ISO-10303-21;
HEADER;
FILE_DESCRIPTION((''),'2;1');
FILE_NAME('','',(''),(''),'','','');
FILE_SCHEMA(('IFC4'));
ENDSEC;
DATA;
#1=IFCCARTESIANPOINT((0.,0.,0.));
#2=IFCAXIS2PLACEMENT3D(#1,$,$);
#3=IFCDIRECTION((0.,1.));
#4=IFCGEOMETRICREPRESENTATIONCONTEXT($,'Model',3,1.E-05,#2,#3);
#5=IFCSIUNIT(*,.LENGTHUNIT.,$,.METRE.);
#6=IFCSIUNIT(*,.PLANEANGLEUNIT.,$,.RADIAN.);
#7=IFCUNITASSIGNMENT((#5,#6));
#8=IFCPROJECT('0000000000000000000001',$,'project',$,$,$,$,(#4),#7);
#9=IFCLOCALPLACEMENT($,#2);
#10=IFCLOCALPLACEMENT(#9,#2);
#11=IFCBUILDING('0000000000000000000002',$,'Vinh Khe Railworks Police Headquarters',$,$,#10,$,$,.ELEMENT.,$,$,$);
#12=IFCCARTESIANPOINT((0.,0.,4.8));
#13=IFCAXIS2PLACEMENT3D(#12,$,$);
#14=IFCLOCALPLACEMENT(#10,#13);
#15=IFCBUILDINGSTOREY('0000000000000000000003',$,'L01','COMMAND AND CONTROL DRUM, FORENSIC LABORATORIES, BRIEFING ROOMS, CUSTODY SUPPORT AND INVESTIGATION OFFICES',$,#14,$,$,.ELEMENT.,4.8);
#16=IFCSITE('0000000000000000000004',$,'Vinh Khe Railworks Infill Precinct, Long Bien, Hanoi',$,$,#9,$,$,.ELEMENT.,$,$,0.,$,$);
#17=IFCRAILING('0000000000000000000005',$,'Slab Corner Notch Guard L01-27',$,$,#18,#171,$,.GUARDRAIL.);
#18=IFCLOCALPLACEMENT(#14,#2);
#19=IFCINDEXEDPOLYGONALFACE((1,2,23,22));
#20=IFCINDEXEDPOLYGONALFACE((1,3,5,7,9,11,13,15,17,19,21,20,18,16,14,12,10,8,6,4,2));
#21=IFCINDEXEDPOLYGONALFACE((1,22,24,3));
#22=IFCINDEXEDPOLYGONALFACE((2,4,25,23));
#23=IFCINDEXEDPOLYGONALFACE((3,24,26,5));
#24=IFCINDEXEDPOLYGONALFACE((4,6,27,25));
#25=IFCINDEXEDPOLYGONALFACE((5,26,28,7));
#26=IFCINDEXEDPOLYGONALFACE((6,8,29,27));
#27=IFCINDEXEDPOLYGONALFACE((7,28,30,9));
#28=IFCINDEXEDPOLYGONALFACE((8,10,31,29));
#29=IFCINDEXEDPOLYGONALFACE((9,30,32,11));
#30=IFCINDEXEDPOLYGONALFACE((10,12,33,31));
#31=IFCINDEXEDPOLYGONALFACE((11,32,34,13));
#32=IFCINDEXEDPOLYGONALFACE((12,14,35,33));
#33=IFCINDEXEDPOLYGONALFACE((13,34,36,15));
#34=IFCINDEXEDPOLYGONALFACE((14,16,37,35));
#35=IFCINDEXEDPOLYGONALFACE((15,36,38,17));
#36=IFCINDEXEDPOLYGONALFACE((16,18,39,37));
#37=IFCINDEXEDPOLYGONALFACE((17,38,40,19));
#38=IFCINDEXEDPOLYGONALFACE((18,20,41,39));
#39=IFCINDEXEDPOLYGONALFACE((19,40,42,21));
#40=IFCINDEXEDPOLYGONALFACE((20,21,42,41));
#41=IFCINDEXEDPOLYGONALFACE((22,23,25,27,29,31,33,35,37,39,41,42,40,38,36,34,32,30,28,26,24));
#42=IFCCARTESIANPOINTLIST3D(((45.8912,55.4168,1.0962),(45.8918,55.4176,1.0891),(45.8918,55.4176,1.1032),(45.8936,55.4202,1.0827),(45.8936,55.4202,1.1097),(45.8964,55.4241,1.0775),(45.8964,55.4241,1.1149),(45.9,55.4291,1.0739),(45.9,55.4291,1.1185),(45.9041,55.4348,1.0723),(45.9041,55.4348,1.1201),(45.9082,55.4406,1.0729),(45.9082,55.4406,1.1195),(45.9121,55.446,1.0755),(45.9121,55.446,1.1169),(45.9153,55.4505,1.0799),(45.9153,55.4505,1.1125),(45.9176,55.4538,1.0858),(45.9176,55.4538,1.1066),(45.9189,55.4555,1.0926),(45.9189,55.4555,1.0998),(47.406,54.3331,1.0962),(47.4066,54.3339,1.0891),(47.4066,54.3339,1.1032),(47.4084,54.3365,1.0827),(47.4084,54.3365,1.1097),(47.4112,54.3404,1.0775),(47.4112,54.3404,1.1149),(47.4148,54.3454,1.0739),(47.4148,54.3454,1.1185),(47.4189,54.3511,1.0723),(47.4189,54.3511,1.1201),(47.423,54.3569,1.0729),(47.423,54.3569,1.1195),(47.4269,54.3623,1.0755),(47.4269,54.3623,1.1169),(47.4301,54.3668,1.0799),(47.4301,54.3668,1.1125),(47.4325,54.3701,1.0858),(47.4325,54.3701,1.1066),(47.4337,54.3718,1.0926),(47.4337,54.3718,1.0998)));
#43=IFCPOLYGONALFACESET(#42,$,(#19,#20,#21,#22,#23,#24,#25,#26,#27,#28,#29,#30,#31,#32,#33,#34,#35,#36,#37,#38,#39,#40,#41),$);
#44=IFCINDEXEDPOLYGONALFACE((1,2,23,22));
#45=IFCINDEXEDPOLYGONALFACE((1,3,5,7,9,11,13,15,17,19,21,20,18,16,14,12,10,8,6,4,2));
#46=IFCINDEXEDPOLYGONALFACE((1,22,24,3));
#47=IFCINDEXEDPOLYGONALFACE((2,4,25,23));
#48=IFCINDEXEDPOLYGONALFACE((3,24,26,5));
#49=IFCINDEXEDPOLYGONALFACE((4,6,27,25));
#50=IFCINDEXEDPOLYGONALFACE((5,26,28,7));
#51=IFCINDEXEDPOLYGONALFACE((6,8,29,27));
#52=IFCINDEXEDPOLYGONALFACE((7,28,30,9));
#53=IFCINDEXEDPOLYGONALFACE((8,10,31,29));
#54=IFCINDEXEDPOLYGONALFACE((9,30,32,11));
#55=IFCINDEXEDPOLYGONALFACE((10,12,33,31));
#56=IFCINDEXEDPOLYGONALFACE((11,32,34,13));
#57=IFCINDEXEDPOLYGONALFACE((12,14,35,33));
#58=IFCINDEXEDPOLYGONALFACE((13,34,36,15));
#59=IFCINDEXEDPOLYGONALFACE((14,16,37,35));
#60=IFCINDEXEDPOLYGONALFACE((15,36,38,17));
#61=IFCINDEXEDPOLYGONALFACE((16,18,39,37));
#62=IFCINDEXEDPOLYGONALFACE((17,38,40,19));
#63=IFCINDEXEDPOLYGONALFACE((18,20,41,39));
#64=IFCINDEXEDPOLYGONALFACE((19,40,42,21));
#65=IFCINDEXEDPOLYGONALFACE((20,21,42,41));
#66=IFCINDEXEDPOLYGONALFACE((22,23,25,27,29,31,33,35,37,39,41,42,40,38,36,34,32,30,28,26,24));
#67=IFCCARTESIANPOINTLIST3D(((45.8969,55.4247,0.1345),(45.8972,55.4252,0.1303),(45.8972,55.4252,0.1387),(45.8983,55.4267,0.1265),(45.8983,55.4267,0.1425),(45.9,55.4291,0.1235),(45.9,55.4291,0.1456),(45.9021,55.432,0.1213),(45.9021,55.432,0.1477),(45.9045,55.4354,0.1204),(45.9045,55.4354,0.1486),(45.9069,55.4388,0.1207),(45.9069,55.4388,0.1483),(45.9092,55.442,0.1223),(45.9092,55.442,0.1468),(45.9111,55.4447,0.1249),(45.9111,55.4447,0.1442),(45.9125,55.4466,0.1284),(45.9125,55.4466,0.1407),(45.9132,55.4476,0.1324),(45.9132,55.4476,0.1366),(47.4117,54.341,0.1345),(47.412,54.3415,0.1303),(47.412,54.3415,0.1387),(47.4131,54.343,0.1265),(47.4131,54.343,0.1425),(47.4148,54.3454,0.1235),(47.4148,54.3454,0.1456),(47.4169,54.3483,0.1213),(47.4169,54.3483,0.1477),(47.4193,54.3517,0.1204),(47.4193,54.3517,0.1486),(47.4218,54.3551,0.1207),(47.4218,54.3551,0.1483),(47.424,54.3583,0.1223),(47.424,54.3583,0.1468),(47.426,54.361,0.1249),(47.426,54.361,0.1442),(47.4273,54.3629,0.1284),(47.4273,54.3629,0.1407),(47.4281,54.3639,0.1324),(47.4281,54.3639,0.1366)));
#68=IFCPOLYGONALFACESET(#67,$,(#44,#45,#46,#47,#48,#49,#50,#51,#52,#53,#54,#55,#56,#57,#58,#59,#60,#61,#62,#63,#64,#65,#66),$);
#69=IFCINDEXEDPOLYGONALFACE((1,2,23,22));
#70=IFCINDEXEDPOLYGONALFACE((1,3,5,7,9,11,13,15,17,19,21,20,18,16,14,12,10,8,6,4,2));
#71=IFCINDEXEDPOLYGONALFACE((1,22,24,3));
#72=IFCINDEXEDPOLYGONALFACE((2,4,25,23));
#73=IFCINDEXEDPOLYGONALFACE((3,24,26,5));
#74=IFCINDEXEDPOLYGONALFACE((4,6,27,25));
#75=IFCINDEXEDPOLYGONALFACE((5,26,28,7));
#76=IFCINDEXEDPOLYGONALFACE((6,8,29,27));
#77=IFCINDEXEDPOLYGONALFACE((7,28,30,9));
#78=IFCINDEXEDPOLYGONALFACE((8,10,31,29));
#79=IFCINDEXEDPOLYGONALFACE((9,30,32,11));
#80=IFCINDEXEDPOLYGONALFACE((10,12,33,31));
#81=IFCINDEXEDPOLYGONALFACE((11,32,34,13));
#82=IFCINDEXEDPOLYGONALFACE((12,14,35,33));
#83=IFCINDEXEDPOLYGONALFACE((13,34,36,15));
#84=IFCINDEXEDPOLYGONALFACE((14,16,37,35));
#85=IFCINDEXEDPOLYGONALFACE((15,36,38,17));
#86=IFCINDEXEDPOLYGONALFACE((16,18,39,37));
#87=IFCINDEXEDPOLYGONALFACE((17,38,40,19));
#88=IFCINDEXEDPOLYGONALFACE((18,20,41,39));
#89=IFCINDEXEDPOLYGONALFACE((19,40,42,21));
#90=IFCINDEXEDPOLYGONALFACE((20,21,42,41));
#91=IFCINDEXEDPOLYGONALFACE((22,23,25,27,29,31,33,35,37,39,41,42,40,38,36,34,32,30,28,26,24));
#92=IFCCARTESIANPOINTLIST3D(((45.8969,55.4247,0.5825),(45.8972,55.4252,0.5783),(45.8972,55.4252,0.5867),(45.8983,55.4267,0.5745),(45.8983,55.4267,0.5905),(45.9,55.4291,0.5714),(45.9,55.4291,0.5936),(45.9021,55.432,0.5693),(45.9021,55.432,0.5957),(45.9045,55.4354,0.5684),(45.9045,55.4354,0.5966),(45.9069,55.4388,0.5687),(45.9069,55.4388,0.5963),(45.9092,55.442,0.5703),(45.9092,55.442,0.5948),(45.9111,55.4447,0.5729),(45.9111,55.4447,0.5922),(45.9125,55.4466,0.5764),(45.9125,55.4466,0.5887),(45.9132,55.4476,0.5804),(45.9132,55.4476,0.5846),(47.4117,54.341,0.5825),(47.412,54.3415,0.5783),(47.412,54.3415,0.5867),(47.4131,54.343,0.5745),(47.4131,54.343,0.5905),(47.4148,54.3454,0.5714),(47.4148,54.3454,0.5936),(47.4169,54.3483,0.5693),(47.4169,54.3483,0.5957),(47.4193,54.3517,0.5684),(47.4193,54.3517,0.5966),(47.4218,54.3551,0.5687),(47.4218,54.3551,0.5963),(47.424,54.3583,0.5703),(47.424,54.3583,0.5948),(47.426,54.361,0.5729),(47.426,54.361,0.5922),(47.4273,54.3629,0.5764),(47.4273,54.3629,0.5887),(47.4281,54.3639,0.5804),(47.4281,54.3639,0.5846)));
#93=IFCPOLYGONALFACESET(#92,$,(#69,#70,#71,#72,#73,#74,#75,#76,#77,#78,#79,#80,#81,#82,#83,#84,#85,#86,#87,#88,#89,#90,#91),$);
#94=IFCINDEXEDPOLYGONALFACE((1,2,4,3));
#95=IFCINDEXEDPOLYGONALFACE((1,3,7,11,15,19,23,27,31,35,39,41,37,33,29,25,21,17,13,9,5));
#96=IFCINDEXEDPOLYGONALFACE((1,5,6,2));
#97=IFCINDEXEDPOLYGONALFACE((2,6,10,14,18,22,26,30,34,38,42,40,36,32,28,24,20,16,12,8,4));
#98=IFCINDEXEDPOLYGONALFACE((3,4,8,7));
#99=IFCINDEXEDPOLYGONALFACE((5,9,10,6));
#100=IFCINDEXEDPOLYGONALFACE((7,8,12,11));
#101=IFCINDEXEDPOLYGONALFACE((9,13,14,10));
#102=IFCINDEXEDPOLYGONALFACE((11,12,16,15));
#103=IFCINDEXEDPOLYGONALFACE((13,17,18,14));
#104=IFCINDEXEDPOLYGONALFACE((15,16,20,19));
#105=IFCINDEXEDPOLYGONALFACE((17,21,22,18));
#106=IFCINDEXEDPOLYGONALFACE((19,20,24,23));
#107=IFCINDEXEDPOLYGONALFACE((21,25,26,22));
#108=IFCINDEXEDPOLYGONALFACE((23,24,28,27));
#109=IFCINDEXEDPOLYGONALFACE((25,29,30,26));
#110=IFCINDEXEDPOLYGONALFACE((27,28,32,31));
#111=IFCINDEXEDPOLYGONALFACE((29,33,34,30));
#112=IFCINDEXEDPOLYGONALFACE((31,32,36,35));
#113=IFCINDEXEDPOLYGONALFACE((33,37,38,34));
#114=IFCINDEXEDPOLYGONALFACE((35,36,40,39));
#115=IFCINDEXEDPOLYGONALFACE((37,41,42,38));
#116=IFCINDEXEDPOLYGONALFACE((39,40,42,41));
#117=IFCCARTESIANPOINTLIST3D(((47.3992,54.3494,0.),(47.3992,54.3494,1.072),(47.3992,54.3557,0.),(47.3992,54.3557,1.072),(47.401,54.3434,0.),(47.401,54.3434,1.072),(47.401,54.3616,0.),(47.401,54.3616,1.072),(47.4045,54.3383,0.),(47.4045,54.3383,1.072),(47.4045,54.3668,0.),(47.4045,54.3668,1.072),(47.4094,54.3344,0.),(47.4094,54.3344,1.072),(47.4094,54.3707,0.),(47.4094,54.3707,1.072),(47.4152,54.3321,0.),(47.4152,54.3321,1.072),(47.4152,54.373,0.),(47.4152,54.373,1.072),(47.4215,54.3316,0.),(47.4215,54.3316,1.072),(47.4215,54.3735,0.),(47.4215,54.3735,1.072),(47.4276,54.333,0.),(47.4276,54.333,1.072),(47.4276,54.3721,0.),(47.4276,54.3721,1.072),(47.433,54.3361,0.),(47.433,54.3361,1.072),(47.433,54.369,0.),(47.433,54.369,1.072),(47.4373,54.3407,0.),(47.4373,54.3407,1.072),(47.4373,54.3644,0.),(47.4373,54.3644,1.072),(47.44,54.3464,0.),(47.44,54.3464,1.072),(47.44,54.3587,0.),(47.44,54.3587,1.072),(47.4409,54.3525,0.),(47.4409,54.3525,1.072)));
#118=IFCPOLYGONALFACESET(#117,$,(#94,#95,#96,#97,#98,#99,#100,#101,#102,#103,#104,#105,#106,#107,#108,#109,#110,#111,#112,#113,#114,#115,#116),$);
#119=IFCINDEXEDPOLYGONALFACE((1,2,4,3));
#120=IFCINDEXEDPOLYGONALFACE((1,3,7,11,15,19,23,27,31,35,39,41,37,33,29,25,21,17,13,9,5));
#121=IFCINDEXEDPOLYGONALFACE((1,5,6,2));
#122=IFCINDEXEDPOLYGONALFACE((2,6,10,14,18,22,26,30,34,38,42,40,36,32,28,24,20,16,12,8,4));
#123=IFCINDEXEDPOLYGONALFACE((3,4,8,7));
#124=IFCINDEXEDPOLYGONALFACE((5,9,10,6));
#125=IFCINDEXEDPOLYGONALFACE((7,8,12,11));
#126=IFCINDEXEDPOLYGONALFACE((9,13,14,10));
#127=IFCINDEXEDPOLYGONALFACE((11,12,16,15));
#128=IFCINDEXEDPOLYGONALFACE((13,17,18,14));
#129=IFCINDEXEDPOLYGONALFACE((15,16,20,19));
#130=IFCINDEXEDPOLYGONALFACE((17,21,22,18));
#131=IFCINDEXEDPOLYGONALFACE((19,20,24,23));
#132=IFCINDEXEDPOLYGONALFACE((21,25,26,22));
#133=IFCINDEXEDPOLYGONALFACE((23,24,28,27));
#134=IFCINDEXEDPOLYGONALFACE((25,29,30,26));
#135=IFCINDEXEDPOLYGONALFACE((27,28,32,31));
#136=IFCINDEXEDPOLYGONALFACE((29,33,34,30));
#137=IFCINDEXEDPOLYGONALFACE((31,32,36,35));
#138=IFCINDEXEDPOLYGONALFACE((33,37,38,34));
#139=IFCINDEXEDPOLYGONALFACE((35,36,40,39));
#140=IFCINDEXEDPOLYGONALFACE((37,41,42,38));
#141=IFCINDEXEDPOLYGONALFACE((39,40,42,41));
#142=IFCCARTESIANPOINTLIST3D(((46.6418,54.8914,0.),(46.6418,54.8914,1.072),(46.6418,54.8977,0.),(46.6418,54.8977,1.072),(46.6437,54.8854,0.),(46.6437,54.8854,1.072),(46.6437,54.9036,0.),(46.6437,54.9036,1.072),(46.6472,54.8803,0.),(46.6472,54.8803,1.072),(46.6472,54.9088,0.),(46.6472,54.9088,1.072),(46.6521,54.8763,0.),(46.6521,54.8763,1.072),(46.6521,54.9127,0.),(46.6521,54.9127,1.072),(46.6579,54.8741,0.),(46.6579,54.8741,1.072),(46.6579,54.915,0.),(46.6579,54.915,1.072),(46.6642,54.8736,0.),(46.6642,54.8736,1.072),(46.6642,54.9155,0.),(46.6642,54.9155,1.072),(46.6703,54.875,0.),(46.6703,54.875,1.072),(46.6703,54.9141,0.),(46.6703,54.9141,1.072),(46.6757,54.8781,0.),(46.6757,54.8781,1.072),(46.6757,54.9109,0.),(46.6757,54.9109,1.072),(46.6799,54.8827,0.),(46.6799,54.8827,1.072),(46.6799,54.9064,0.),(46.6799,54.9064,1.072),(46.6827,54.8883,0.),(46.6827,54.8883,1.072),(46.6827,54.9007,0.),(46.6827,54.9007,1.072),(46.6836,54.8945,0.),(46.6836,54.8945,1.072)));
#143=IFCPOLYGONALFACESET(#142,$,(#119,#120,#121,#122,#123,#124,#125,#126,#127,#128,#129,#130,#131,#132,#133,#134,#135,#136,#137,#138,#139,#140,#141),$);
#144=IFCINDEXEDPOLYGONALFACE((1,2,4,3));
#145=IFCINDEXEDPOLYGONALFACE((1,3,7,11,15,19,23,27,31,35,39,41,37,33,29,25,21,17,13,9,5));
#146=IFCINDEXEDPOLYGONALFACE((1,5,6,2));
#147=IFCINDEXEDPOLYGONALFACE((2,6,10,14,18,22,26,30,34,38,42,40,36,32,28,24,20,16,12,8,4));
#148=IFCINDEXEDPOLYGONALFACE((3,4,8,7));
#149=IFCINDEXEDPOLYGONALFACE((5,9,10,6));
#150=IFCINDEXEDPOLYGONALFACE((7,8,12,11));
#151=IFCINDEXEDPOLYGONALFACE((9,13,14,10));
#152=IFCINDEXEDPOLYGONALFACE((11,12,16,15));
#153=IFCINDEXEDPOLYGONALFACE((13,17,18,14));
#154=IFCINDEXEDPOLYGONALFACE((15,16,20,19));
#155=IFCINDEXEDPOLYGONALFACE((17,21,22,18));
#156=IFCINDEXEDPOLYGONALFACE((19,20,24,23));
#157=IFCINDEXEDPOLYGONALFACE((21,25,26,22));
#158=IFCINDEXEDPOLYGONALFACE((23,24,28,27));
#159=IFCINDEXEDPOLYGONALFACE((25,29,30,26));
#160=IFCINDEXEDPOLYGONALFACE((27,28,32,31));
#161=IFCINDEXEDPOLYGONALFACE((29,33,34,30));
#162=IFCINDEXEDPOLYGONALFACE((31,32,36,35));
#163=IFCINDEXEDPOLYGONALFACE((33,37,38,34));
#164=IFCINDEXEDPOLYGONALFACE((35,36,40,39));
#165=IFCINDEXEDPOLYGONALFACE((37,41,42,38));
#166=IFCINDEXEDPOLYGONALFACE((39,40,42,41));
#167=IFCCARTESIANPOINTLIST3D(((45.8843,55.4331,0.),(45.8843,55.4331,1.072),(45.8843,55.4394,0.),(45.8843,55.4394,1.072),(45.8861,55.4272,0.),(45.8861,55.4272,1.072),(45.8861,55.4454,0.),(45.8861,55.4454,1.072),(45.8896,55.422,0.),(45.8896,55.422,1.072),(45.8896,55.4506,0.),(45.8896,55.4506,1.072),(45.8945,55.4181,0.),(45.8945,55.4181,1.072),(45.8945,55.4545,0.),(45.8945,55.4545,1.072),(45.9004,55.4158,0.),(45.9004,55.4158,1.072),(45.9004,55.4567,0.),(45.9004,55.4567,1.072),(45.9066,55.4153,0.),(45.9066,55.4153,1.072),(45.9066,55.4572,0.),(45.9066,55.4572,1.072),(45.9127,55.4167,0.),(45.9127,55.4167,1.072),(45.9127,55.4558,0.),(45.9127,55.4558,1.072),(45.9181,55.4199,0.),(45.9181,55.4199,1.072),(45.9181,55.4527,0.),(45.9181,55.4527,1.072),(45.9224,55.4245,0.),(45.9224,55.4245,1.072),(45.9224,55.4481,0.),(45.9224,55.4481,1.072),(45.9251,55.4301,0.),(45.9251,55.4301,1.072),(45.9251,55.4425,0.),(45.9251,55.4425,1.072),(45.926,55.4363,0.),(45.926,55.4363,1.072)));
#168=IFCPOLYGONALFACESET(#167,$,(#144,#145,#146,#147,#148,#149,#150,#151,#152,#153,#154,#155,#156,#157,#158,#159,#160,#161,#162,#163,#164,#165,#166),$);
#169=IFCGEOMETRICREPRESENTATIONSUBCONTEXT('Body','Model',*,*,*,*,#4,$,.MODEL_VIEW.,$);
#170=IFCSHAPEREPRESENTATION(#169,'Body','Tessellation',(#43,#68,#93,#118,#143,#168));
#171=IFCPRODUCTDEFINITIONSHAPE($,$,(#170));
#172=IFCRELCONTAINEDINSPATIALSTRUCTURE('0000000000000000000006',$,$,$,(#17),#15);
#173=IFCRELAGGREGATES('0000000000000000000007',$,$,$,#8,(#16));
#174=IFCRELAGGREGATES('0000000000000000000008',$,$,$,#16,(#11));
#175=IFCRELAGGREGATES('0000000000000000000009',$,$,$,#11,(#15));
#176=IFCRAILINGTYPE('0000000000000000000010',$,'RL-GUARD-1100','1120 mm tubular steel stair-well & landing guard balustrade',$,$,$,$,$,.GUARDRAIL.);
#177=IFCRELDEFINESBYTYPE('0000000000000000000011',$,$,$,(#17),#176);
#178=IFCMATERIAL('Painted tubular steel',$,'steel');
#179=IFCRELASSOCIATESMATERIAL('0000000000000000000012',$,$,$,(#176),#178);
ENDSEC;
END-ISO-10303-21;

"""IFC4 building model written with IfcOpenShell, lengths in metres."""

from ifc_helpers import new_model, si_unit, direction, frame, origin, origin_2d, place, context, subcontext, project, spatial, circle, extrude, material, type_object, element, save


model = new_model("IFC4")

# Units and contexts
model_context = context("Model", 3, precision=1e-05, world=origin(), true_north=direction((0.0, 1.0)))
body_context = subcontext(model_context, "Body", "Model", "MODEL_VIEW")
ifc_project = project(units=[si_unit("LENGTHUNIT", "METRE"), si_unit("PLANEANGLEUNIT", "RADIAN")], contexts=[model_context])

# Site, building, storey
site_placement = place(None, origin())
site = spatial("IfcSite", under=ifc_project, at=site_placement, Name="Vinh Khe Railworks Infill Precinct, Long Bien, Hanoi", CompositionType="ELEMENT", RefElevation=0.0)
building_placement = place(site_placement, origin())
building = spatial("IfcBuilding", under=site, at=building_placement, Name="Vinh Khe Railworks Police Headquarters", CompositionType="ELEMENT")
storey_placement = place(building_placement, frame((0.0, 0.0, 4.8)))
storey = spatial("IfcBuildingStorey", under=building, at=storey_placement, Name="L01", Description="COMMAND AND CONTROL DRUM, FORENSIC LABORATORIES, BRIEFING ROOMS, CUSTODY SUPPORT AND INVESTIGATION OFFICES", CompositionType="ELEMENT", Elevation=4.8)

# Railing
ifc_material_1 = material(Name="Painted tubular steel", Category="steel")
railing_type = type_object("IfcRailingType", Name="RL-GUARD-1100", Description="1120 mm tubular steel stair-well & landing guard balustrade", PredefinedType="GUARDRAIL", material=ifc_material_1)
railing_placement = place(storey_placement, frame((47.4199, 54.3525, 0.0)))
element("IfcRailing", 1, at=railing_placement, inside=storey, type_object=railing_type, Name="Slab Corner Notch Guard L01-27", PredefinedType="GUARDRAIL", context=body_context, shape_type="SweptSolid", body=[
    extrude(circle(Radius=0.0239, at=origin_2d()), frame((0.0, 0.0, 1.0962), z_axis=(-0.813308, 0.581833, 0.0), x_axis=(-0.581833, -0.813308, 0.0)), (0.0, 0.0, 1.0), 1.8625),
    extrude(circle(Radius=0.0142, at=origin_2d()), frame((0.0, 0.0, 0.1345), z_axis=(-0.813308, 0.581833, 0.0), x_axis=(-0.581833, -0.813308, 0.0)), (0.0, 0.0, 1.0), 1.8625),
    extrude(circle(Radius=0.0142, at=origin_2d()), frame((0.0, 0.0, 0.5825), z_axis=(-0.813308, 0.581833, 0.0), x_axis=(-0.581833, -0.813308, 0.0)), (0.0, 0.0, 1.0), 1.8625),
    extrude(circle(Radius=0.021, at=origin_2d()), origin(), (0.0, 0.0, 1.0), 1.072),
    extrude(circle(Radius=0.021, at=origin_2d()), frame((-0.7573, 0.542, 0.0)), (0.0, 0.0, 1.0), 1.072),
    extrude(circle(Radius=0.021, at=origin_2d()), frame((-1.5149, 1.0837, 0.0)), (0.0, 0.0, 1.0), 1.072),
])

save(model, "model.ifc")
